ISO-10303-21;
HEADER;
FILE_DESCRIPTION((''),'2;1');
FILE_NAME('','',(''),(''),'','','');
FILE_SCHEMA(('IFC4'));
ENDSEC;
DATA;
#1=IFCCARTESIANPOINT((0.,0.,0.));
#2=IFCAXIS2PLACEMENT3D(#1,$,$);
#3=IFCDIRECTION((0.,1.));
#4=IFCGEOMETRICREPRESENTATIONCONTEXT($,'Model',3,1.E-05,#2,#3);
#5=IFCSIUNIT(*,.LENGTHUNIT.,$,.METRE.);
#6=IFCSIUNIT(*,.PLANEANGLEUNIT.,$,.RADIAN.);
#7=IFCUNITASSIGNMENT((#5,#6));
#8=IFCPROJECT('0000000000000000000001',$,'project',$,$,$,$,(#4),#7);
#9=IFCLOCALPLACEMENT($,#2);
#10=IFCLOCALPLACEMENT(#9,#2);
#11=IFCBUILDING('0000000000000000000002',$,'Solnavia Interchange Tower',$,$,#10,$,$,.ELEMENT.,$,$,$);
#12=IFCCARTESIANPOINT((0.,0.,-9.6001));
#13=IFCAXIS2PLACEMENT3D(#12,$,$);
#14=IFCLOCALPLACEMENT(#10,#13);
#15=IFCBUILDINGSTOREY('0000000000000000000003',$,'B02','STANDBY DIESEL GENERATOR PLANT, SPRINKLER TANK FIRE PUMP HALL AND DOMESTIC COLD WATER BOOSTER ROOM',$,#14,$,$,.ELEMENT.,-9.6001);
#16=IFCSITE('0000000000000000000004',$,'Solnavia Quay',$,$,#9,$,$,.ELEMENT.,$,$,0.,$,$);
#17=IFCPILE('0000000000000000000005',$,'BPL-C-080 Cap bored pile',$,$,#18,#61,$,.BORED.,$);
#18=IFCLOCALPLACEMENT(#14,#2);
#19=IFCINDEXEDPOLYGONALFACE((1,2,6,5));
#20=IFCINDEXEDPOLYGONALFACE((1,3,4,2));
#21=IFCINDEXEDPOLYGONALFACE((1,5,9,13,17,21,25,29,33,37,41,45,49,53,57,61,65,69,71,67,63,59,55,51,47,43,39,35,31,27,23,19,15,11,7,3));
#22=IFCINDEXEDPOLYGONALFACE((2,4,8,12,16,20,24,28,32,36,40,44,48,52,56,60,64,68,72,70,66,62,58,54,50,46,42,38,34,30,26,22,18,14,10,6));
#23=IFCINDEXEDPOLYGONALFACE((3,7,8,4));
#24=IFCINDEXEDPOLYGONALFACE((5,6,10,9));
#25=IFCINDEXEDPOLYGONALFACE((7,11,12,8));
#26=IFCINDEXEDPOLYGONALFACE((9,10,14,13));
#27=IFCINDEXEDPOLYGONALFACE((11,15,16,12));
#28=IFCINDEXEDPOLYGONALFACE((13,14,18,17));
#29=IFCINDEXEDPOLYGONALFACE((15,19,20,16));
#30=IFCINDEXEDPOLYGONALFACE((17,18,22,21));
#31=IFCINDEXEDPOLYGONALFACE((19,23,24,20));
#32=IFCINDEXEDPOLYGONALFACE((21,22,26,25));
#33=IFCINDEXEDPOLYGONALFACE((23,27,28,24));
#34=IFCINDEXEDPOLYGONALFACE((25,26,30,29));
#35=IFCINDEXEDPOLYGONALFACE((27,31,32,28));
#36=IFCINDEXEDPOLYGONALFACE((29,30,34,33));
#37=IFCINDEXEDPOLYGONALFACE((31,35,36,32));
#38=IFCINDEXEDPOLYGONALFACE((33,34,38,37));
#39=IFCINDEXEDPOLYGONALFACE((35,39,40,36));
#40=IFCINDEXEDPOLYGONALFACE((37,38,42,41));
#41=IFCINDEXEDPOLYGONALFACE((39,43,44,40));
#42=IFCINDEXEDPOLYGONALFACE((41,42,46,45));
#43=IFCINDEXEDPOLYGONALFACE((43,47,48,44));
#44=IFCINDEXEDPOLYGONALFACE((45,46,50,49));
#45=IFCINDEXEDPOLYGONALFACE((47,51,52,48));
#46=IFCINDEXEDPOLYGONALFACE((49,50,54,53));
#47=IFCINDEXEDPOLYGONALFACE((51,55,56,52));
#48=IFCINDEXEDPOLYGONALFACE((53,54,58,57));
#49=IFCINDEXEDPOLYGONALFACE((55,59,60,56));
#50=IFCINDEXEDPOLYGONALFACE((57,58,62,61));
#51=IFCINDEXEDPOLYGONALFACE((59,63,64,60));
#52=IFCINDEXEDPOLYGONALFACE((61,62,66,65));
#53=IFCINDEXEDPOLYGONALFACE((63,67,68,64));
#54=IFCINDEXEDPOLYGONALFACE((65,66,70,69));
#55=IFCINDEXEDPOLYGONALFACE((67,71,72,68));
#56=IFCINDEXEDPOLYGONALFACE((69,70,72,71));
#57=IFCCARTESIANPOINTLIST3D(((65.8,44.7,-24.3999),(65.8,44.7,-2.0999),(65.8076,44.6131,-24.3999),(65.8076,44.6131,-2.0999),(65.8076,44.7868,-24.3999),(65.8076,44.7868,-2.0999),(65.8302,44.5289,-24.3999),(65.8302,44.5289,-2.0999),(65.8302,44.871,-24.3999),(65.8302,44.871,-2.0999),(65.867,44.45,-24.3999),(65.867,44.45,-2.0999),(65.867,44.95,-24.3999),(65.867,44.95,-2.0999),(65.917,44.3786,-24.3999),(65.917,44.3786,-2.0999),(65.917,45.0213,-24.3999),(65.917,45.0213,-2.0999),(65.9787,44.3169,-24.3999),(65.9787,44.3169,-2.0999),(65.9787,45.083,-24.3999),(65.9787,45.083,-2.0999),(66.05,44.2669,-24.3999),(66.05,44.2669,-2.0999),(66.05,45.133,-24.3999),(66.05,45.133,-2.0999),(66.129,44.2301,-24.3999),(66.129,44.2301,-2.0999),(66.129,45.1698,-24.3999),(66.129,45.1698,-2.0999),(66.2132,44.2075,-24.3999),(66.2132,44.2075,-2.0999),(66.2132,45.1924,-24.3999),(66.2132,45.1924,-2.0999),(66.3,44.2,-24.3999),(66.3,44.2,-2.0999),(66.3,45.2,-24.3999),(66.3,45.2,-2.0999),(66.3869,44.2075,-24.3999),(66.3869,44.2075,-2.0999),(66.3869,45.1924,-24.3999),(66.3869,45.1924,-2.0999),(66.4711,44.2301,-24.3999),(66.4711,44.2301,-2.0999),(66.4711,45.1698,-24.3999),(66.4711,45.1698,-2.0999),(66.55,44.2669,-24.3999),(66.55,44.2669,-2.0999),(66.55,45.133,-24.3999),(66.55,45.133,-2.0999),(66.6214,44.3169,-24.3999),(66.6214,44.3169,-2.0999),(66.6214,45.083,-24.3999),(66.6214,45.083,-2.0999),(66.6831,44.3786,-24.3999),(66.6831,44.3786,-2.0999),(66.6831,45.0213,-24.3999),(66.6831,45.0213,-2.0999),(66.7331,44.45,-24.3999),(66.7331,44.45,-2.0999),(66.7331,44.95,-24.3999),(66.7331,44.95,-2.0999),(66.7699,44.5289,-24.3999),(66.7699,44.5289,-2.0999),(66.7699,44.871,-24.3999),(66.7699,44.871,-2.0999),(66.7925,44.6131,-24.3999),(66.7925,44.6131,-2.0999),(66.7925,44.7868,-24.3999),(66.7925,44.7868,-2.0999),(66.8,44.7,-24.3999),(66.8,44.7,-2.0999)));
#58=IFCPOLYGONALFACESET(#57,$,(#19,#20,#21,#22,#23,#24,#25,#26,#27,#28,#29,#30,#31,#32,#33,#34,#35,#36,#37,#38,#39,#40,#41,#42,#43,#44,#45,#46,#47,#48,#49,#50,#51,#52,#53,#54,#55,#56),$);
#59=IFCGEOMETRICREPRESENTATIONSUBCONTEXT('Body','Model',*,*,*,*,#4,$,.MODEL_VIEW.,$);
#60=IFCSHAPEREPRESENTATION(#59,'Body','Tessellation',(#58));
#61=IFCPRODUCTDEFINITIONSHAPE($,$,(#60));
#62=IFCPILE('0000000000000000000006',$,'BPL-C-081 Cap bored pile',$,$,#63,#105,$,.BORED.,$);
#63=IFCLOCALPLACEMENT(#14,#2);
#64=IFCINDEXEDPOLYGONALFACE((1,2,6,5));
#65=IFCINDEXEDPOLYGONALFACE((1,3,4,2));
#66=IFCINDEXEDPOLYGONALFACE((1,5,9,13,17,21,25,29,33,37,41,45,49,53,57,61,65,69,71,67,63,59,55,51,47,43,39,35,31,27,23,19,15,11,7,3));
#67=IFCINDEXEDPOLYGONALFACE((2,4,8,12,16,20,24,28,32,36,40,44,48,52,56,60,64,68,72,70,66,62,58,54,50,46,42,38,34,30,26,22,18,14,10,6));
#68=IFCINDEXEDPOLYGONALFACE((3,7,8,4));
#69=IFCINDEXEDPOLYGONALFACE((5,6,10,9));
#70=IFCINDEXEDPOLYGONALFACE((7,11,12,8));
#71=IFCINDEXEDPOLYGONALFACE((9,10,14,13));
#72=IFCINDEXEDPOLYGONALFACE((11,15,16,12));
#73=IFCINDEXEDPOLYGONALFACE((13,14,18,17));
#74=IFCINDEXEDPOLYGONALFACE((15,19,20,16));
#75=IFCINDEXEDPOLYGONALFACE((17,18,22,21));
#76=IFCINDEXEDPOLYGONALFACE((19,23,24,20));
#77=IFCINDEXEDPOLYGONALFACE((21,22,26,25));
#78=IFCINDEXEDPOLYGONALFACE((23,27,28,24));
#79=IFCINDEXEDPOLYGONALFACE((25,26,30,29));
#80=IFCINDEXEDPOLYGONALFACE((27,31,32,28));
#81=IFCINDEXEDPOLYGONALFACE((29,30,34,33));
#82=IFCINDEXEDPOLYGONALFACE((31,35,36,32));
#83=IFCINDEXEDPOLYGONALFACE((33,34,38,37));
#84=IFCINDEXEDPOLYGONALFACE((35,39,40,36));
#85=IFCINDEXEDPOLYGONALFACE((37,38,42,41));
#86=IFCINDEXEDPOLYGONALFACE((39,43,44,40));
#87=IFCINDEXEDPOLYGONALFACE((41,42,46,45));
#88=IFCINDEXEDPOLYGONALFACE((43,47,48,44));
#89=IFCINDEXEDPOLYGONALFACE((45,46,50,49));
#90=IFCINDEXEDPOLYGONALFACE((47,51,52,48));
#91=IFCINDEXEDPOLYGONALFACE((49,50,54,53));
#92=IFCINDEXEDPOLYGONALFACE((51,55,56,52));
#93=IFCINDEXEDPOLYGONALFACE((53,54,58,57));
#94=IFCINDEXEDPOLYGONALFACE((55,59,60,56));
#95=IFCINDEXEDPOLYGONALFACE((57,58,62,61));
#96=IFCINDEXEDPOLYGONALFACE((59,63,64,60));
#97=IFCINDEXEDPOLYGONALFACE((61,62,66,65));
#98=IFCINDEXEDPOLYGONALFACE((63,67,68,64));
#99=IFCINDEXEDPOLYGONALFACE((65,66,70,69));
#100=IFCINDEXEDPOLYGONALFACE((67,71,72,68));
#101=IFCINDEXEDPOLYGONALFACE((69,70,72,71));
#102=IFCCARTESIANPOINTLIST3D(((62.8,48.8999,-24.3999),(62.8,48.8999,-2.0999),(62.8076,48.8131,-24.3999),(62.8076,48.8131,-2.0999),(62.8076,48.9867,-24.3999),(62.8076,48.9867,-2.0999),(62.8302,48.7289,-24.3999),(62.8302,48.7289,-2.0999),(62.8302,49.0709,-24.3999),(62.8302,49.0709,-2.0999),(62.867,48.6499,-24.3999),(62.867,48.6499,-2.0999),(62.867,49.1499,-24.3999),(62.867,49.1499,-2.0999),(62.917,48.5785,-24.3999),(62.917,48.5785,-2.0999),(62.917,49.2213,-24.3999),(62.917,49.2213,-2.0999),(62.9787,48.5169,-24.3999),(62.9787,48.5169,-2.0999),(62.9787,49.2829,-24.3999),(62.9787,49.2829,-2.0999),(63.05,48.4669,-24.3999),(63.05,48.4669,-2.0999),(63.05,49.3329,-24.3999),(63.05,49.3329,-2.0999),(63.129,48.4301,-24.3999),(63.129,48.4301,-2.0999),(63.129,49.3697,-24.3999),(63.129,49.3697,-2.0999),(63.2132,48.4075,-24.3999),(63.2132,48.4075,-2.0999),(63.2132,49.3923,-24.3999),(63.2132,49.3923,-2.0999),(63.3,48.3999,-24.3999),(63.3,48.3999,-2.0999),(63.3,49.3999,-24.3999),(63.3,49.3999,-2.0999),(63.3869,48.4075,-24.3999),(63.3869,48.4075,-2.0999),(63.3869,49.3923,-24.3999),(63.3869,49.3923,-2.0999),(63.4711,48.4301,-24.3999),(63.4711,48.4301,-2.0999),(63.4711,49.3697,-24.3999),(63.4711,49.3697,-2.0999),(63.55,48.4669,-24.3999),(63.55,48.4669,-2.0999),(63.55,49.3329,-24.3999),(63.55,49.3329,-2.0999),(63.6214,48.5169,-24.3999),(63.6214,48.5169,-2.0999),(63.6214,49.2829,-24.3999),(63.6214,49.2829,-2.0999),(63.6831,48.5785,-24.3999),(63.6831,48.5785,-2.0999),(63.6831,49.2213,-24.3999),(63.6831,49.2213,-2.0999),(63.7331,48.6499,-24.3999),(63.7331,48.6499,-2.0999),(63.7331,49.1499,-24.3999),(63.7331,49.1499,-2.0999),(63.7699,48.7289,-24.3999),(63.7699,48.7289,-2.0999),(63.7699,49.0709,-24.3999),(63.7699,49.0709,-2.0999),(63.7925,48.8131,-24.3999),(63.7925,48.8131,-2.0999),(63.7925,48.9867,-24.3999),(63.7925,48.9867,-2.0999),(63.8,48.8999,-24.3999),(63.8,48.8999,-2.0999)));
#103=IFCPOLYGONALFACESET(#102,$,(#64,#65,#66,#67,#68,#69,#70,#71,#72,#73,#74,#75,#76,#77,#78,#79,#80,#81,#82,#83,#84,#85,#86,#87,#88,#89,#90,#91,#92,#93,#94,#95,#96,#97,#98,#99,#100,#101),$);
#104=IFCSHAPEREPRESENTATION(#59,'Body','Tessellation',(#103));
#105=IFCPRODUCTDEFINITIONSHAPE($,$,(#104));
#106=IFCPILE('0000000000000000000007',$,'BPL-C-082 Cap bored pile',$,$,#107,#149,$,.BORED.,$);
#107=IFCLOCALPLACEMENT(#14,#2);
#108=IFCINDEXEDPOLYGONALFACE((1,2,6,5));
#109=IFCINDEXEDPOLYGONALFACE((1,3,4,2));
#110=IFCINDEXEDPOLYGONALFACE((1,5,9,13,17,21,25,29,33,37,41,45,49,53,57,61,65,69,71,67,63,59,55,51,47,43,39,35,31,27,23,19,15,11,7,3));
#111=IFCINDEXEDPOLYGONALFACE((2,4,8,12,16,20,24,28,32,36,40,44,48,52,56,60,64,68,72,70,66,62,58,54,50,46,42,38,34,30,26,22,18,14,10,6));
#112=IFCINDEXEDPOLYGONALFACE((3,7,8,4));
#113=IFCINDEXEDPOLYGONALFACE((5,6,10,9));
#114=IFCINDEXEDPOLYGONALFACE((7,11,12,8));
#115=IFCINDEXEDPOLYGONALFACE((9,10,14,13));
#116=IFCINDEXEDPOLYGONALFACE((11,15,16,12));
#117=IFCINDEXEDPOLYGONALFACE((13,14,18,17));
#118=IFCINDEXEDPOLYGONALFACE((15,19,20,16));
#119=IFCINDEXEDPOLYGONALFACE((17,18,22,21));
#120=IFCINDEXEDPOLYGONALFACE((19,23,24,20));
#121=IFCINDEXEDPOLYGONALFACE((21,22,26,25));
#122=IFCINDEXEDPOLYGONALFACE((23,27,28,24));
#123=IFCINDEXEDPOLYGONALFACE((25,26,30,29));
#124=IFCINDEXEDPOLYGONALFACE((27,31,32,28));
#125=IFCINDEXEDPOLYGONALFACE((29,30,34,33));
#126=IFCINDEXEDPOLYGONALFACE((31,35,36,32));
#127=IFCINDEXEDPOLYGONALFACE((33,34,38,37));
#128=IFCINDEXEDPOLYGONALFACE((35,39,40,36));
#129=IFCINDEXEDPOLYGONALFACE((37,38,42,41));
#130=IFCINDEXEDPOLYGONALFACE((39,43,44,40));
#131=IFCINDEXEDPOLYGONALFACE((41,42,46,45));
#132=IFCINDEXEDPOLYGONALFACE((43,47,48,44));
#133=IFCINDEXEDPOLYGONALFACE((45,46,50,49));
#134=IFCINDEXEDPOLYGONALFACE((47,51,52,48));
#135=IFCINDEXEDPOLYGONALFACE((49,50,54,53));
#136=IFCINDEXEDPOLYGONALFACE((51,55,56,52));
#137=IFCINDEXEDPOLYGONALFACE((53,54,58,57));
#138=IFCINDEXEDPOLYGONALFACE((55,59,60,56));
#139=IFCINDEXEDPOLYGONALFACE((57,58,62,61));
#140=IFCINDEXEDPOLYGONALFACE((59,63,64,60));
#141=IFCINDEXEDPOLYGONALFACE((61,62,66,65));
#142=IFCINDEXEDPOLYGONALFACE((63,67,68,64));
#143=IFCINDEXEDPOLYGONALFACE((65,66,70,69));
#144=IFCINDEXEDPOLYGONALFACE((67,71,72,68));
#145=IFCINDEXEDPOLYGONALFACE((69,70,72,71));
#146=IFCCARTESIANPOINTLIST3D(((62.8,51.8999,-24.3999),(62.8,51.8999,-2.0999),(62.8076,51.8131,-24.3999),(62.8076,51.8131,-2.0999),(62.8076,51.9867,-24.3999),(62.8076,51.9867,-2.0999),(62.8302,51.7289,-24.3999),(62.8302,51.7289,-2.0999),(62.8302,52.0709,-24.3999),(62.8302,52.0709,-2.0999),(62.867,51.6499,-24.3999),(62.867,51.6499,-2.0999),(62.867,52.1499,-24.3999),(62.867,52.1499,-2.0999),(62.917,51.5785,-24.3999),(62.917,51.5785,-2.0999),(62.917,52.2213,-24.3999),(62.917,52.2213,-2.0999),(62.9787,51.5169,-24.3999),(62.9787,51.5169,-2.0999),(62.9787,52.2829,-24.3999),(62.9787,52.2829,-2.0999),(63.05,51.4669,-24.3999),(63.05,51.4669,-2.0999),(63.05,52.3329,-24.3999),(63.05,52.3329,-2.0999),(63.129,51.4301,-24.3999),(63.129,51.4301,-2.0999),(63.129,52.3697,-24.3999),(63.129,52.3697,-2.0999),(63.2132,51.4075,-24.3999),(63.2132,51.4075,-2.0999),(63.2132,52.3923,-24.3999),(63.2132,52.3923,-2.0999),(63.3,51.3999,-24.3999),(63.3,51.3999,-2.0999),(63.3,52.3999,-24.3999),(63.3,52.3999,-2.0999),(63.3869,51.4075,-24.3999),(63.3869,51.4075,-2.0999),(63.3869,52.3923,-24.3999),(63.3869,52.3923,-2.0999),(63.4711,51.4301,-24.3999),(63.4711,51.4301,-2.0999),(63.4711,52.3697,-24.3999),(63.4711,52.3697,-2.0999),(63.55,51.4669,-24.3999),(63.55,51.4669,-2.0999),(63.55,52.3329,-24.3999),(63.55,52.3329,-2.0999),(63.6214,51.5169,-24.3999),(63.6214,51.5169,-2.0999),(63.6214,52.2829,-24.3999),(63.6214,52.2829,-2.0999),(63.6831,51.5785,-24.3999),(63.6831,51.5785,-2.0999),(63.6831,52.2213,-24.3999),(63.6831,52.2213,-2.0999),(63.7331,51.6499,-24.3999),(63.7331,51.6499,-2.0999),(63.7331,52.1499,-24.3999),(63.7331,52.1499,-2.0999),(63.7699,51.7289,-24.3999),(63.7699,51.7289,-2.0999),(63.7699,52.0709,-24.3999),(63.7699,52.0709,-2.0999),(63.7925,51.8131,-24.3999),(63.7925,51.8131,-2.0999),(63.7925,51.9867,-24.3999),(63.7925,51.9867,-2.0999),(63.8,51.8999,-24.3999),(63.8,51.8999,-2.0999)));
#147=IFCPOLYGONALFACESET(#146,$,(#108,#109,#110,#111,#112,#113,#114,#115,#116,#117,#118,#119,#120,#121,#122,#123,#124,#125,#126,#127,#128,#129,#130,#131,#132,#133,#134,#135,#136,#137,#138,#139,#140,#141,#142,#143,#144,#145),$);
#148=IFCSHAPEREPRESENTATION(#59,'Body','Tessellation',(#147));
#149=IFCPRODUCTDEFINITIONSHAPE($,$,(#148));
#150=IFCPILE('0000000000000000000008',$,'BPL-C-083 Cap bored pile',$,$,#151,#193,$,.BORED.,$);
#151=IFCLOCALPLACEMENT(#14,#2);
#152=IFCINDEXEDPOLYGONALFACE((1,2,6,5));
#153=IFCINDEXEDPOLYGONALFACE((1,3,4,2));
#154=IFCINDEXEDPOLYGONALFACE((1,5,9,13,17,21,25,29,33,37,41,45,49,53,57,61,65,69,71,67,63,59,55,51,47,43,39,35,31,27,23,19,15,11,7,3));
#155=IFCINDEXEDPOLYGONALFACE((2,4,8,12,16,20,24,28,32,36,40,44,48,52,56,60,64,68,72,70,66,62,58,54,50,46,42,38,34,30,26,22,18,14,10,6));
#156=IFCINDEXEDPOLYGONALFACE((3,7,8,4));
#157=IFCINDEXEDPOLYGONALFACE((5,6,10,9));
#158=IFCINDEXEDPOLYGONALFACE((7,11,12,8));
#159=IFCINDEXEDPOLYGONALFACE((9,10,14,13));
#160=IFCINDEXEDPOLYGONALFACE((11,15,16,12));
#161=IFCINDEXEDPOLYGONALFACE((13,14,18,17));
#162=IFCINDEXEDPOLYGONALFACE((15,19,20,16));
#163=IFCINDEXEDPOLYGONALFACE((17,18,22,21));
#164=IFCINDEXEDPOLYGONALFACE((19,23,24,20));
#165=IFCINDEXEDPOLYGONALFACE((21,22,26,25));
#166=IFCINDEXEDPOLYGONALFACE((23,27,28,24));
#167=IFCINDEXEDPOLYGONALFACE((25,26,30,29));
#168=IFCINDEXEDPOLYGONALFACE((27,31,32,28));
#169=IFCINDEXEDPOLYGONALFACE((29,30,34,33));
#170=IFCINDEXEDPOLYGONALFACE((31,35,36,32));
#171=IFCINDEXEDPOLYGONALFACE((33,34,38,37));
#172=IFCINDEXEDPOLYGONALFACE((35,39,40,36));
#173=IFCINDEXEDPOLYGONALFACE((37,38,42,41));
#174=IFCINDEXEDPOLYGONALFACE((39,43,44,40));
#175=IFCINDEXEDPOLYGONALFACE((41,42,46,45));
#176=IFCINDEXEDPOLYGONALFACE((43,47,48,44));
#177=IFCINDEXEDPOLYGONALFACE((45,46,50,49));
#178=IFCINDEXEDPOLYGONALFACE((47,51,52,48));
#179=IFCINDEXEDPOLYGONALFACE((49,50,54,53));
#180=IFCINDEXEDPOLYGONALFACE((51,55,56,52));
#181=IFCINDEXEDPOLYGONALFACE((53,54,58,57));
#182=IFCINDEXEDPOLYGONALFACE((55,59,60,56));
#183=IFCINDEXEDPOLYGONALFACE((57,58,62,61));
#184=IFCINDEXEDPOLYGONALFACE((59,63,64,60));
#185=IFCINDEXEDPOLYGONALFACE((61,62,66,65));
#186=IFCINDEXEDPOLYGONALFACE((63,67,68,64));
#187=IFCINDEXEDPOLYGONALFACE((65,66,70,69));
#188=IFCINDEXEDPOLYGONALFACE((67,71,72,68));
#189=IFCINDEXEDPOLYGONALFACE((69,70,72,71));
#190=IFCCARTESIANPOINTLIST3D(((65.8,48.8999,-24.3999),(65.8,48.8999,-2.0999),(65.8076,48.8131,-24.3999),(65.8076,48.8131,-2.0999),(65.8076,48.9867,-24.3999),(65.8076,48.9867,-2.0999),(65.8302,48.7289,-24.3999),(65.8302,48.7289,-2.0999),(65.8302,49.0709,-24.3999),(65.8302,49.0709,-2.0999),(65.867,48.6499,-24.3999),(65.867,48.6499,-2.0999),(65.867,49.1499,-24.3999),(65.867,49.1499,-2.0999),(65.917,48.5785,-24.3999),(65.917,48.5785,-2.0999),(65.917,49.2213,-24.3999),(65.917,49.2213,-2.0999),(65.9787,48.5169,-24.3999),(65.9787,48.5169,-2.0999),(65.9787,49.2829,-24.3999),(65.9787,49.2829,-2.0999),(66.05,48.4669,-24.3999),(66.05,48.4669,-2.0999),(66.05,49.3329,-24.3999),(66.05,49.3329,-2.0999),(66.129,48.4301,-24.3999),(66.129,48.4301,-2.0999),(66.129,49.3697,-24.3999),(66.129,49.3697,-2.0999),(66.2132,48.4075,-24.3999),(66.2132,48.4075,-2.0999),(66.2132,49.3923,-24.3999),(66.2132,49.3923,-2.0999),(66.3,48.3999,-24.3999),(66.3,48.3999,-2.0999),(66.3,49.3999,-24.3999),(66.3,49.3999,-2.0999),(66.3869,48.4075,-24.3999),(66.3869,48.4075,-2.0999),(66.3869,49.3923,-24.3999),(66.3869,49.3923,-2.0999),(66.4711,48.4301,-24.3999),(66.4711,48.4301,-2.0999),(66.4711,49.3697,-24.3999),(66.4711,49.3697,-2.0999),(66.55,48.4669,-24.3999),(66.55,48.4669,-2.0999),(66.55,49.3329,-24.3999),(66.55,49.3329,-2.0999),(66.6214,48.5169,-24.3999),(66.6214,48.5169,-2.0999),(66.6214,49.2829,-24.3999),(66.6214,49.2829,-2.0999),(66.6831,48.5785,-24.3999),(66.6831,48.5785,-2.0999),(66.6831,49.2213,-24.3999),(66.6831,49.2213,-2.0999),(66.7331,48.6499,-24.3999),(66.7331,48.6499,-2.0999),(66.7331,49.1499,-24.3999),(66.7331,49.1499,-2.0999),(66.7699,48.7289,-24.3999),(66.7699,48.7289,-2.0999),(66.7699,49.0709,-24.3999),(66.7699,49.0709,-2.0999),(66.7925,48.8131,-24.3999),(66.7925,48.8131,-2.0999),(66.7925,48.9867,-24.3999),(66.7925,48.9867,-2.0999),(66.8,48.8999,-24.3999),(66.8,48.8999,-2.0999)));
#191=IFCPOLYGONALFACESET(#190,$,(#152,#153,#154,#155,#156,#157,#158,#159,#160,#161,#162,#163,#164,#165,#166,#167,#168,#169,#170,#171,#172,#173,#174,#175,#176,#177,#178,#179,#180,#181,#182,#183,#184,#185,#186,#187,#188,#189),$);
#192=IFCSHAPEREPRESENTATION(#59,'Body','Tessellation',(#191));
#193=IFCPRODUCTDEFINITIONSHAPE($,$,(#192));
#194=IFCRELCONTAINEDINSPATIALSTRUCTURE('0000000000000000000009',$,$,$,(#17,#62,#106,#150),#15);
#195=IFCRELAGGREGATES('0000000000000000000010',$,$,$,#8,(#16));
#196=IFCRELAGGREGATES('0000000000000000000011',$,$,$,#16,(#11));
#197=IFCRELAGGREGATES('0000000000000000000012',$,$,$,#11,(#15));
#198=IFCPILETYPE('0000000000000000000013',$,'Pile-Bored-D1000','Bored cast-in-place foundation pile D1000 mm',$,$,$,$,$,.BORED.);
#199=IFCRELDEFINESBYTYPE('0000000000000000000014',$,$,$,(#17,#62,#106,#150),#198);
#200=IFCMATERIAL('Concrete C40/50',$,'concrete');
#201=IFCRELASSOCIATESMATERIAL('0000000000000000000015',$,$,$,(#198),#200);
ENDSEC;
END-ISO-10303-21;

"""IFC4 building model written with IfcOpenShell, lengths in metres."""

from ifc_helpers import new_model, si_unit, direction, frame, origin, origin_2d, place, context, subcontext, project, spatial, circle, extrude, material, material_profile, profile_set, type_object, element, save


model = new_model("IFC4")

# Units and contexts
model_context = context("Model", 3, precision=1e-05, world=origin(), true_north=direction((0.0, 1.0)))
body_context = subcontext(model_context, "Body", "Model", "MODEL_VIEW")
ifc_project = project(units=[si_unit("LENGTHUNIT", "METRE"), si_unit("PLANEANGLEUNIT", "RADIAN")], contexts=[model_context])

# Site, building, storey
site_placement = place(None, origin())
site = spatial("IfcSite", under=ifc_project, at=site_placement, Name="Solnavia Quay", CompositionType="ELEMENT", RefElevation=0.0)
building_placement = place(site_placement, origin())
building = spatial("IfcBuilding", under=site, at=building_placement, Name="Solnavia Interchange Tower", CompositionType="ELEMENT")
storey_placement = place(building_placement, frame((0.0, 0.0, -9.6001)))
storey = spatial("IfcBuildingStorey", under=building, at=storey_placement, Name="B02", Description="STANDBY DIESEL GENERATOR PLANT, SPRINKLER TANK FIRE PUMP HALL AND DOMESTIC COLD WATER BOOSTER ROOM", CompositionType="ELEMENT", Elevation=-9.6001)

# Shared definitions
ifc_material_1 = material(Name="Concrete C40/50", Category="concrete")

# Piles
ifc_material_profile_1 = material_profile(ifc_material_1, circle(Radius=0.5, at=origin_2d()), Name="PILE D1000")
ifc_profile_set_1 = profile_set([ifc_material_profile_1], Name="Concrete C40/50")
pile_type = type_object("IfcPileType", Name="Pile-Bored-D1000", Description="Bored cast-in-place foundation pile D1000 mm", PredefinedType="BORED", material=ifc_profile_set_1)
for number, where, z_axis, x_axis, name in (
    (1, (66.3, 44.7, -2.0999), (0.0, 0.0, -1.0), (1.0, 0.0, 0.0), "BPL-C-080 Cap bored pile"),
    (2, (63.3, 48.8999, -2.0999), (0.0, 0.0, -1.0), (1.0, 0.0, 0.0), "BPL-C-081 Cap bored pile"),
    (3, (63.3, 51.8999, -2.0999), (0.0, 0.0, -1.0), (1.0, 0.0, 0.0), "BPL-C-082 Cap bored pile"),
    (4, (66.3, 48.8999, -2.0999), (0.0, 0.0, -1.0), (1.0, 0.0, 0.0), "BPL-C-083 Cap bored pile"),
):
    element("IfcPile", number, at=place(storey_placement, frame(where, z_axis=z_axis, x_axis=x_axis)), inside=storey, type_object=pile_type, Name=name, PredefinedType="BORED", context=body_context, shape_type="SweptSolid", body=[
        extrude(circle(Radius=0.5, at=origin_2d()), origin(), (0.0, 0.0, 1.0), 22.3),
    ])

save(model, "model.ifc")
